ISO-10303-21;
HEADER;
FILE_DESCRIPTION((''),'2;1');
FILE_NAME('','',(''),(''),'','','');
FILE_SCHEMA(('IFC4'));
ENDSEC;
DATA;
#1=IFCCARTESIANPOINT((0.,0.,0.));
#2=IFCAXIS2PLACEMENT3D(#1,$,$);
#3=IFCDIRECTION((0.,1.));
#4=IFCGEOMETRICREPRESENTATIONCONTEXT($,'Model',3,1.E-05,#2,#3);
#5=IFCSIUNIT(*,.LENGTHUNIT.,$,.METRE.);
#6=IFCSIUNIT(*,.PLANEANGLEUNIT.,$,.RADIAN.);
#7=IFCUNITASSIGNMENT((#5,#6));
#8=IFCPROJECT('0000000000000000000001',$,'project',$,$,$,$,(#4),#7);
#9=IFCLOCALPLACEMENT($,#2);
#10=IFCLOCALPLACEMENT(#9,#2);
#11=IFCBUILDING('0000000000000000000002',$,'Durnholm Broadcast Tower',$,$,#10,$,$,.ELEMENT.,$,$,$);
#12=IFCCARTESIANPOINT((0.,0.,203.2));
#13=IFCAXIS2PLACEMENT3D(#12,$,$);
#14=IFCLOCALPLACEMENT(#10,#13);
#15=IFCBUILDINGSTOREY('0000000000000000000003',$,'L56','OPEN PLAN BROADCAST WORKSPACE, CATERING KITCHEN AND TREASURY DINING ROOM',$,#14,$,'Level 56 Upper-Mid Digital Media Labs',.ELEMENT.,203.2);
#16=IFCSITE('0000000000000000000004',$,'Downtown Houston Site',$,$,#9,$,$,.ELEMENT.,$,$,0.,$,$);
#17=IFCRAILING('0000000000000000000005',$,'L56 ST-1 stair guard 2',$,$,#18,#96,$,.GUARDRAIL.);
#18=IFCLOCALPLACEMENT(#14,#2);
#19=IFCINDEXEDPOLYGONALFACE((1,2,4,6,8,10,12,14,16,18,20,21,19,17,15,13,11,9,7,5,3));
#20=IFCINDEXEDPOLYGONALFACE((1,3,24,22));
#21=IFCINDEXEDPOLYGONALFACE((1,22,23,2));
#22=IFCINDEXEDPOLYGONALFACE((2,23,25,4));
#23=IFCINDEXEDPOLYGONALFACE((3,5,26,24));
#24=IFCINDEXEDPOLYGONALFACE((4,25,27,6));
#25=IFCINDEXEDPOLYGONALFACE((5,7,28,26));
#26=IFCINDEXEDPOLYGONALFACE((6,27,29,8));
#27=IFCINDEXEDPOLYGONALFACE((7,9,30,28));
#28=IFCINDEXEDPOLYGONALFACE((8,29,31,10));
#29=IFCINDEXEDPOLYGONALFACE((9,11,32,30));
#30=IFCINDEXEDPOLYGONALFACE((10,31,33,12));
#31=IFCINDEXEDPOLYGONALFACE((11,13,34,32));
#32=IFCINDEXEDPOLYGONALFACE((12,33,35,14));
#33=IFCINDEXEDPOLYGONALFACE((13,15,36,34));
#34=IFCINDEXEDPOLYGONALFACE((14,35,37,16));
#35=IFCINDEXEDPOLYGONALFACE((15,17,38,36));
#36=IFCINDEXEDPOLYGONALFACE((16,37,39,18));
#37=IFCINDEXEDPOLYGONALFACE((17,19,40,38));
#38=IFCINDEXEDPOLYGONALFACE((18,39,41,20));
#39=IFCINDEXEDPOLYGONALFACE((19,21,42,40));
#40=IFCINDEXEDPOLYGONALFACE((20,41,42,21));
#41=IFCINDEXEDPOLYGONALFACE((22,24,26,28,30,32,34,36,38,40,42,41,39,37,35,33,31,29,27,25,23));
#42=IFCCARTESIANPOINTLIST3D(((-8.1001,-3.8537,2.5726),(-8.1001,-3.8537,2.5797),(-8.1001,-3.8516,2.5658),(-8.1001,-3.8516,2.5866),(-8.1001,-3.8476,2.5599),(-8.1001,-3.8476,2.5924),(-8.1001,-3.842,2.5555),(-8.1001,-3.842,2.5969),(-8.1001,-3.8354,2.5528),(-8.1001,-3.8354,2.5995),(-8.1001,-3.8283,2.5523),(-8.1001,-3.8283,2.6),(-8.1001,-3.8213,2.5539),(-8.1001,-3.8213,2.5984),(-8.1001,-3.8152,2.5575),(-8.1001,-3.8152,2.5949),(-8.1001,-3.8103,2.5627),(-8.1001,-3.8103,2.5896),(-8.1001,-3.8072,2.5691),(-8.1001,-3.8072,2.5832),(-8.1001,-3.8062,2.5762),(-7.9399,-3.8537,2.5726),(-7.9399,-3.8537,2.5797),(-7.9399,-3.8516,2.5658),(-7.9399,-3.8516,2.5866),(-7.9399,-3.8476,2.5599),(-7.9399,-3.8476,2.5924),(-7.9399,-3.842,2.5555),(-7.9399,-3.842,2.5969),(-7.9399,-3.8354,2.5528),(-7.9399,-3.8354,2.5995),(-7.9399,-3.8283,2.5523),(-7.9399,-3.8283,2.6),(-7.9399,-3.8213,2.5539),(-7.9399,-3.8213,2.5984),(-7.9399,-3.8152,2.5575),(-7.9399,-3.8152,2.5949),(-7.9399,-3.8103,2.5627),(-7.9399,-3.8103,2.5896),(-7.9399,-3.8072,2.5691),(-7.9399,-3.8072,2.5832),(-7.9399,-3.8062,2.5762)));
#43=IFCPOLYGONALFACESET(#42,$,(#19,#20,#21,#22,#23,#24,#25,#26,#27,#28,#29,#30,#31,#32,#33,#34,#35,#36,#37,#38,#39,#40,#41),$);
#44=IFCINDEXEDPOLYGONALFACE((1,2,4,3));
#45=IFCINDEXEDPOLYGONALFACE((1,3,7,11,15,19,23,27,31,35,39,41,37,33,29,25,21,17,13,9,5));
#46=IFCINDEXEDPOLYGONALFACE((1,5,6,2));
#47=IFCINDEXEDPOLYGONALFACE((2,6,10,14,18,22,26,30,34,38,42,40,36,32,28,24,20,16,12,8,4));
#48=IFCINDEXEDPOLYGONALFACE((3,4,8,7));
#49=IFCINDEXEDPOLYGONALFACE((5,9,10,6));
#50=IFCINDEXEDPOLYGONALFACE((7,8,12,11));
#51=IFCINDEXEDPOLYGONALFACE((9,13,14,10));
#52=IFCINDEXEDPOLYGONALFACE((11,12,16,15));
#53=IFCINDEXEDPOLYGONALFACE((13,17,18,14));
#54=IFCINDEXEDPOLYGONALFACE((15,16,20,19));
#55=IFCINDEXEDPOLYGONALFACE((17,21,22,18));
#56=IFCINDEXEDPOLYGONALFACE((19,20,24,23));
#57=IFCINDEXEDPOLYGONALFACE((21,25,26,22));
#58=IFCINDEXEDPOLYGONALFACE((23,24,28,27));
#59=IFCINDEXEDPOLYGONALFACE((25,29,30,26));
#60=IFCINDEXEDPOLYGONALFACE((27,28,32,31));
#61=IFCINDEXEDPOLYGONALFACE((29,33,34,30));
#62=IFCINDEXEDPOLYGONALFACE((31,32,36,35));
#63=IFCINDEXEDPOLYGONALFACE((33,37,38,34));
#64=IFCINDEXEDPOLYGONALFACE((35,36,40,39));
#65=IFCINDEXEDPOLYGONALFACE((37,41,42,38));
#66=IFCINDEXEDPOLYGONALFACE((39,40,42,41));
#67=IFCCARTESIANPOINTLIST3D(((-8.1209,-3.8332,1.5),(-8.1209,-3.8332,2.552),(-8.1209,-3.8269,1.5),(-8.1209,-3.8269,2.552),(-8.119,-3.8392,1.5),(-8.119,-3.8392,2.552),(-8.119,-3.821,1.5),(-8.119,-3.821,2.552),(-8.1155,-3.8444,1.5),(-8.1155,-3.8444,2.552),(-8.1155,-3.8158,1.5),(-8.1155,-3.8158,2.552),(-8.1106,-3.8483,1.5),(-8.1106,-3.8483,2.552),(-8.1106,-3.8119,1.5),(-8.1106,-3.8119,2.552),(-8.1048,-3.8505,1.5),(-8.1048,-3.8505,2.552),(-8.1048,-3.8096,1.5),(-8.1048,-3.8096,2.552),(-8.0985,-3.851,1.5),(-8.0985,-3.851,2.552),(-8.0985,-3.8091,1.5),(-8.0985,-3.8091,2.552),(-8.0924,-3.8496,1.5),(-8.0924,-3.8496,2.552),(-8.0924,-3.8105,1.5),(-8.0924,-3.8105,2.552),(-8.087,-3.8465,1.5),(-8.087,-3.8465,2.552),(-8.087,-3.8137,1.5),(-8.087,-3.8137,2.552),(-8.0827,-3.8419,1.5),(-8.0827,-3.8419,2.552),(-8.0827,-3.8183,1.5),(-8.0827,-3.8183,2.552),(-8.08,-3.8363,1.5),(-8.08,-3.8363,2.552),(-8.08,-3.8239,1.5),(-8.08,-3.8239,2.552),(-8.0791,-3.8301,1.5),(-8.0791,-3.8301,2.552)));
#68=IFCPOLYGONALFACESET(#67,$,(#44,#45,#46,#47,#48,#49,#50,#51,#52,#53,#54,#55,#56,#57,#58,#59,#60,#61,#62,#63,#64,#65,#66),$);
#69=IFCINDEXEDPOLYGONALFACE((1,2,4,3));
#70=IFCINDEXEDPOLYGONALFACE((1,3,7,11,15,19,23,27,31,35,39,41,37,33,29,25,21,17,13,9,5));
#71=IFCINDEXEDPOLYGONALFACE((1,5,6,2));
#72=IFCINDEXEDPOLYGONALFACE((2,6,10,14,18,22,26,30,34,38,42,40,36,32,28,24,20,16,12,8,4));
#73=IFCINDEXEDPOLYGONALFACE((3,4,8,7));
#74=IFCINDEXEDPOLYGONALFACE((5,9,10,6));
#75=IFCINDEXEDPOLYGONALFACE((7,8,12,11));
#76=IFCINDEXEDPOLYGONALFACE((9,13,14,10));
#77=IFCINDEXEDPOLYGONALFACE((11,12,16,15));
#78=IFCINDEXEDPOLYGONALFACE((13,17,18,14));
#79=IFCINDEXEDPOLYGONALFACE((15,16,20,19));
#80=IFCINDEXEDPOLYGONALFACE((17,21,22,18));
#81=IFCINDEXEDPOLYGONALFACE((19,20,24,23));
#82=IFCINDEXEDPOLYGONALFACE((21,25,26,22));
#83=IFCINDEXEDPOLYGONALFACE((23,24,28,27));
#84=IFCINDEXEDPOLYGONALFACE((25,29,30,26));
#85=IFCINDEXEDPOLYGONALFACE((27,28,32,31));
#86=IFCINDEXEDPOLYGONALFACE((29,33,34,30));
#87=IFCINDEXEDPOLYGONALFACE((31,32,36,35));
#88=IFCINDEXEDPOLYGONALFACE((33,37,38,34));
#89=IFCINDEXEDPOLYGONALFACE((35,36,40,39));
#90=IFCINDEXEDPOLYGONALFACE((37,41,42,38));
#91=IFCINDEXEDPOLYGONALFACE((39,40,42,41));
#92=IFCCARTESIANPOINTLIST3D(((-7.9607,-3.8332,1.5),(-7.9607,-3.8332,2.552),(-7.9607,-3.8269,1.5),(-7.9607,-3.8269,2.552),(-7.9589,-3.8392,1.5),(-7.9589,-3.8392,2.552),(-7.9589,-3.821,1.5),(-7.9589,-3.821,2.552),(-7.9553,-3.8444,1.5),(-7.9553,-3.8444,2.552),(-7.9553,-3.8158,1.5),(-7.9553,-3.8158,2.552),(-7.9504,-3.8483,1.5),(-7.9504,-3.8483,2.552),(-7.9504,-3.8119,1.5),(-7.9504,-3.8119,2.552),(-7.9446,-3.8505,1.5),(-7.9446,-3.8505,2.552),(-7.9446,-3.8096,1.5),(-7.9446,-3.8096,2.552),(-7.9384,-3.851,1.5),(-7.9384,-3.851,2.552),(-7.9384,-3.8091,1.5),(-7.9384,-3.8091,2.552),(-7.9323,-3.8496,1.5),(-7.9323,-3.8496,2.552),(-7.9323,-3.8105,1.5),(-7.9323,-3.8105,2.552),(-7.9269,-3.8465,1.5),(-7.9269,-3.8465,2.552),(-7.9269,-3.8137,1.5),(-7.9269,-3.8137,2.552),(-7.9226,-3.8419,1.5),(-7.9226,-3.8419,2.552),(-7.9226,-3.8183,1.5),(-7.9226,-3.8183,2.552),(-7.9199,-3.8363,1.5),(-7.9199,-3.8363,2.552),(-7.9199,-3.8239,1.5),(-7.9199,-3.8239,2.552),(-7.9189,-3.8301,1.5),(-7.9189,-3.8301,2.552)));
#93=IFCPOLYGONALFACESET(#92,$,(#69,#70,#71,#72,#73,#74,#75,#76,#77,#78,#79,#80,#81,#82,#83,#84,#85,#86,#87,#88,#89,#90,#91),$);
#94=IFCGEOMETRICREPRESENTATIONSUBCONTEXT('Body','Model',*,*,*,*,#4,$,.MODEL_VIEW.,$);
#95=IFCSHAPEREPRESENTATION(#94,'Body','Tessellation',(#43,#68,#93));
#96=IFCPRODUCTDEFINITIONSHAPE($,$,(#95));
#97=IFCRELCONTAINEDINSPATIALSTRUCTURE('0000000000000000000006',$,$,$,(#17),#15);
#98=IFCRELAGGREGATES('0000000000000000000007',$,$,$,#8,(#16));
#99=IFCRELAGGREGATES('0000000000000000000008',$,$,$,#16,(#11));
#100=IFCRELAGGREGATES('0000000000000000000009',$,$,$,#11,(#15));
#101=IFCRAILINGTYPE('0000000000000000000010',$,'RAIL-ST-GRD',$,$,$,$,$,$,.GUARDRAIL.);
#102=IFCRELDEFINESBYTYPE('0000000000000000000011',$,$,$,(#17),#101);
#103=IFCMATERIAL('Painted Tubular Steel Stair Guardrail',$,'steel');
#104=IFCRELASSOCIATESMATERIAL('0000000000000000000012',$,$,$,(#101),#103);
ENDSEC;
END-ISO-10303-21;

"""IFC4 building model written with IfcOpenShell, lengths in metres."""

from ifc_helpers import new_model, si_unit, direction, frame, origin, origin_2d, place, context, subcontext, project, spatial, circle, extrude, material, type_object, element, save


model = new_model("IFC4")

# Units and contexts
model_context = context("Model", 3, precision=1e-05, world=origin(), true_north=direction((0.0, 1.0)))
body_context = subcontext(model_context, "Body", "Model", "MODEL_VIEW")
ifc_project = project(units=[si_unit("LENGTHUNIT", "METRE"), si_unit("PLANEANGLEUNIT", "RADIAN")], contexts=[model_context])

# Site, building, storey
site_placement = place(None, origin())
site = spatial("IfcSite", under=ifc_project, at=site_placement, Name="Downtown Houston Site", CompositionType="ELEMENT", RefElevation=0.0)
building_placement = place(site_placement, origin())
building = spatial("IfcBuilding", under=site, at=building_placement, Name="Durnholm Broadcast Tower", CompositionType="ELEMENT")
storey_placement = place(building_placement, frame((0.0, 0.0, 203.2)))
storey = spatial("IfcBuildingStorey", under=building, at=storey_placement, Name="L56", Description="OPEN PLAN BROADCAST WORKSPACE, CATERING KITCHEN AND TREASURY DINING ROOM", LongName="Level 56 Upper-Mid Digital Media Labs", CompositionType="ELEMENT", Elevation=203.2)

# Railing
ifc_material_1 = material(Name="Painted Tubular Steel Stair Guardrail", Category="steel")
railing_type_1 = type_object("IfcRailingType", Name="RAIL-ST-GRD", PredefinedType="GUARDRAIL", material=ifc_material_1)
railing_1_placement = place(storey_placement, frame((-8.1001, -3.8301, 1.5)))
element("IfcRailing", 1, at=railing_1_placement, inside=storey, type_object=railing_type_1, Name="L56 ST-1 stair guard 2", PredefinedType="GUARDRAIL", context=body_context, shape_type="SweptSolid", body=[
    extrude(circle(Radius=0.0239, at=origin_2d()), frame((0.0, 0.0, 1.0762), z_axis=(1.0, 0.0, 0.0), x_axis=(0.0, 1.0, 0.0)), (0.0, 0.0, 1.0), 0.1602),
    extrude(circle(Radius=0.021, at=origin_2d()), origin(), (0.0, 0.0, 1.0), 1.052),
    extrude(circle(Radius=0.021, at=origin_2d()), frame((0.1602, 0.0, 0.0)), (0.0, 0.0, 1.0), 1.052),
])

save(model, "model.ifc")
